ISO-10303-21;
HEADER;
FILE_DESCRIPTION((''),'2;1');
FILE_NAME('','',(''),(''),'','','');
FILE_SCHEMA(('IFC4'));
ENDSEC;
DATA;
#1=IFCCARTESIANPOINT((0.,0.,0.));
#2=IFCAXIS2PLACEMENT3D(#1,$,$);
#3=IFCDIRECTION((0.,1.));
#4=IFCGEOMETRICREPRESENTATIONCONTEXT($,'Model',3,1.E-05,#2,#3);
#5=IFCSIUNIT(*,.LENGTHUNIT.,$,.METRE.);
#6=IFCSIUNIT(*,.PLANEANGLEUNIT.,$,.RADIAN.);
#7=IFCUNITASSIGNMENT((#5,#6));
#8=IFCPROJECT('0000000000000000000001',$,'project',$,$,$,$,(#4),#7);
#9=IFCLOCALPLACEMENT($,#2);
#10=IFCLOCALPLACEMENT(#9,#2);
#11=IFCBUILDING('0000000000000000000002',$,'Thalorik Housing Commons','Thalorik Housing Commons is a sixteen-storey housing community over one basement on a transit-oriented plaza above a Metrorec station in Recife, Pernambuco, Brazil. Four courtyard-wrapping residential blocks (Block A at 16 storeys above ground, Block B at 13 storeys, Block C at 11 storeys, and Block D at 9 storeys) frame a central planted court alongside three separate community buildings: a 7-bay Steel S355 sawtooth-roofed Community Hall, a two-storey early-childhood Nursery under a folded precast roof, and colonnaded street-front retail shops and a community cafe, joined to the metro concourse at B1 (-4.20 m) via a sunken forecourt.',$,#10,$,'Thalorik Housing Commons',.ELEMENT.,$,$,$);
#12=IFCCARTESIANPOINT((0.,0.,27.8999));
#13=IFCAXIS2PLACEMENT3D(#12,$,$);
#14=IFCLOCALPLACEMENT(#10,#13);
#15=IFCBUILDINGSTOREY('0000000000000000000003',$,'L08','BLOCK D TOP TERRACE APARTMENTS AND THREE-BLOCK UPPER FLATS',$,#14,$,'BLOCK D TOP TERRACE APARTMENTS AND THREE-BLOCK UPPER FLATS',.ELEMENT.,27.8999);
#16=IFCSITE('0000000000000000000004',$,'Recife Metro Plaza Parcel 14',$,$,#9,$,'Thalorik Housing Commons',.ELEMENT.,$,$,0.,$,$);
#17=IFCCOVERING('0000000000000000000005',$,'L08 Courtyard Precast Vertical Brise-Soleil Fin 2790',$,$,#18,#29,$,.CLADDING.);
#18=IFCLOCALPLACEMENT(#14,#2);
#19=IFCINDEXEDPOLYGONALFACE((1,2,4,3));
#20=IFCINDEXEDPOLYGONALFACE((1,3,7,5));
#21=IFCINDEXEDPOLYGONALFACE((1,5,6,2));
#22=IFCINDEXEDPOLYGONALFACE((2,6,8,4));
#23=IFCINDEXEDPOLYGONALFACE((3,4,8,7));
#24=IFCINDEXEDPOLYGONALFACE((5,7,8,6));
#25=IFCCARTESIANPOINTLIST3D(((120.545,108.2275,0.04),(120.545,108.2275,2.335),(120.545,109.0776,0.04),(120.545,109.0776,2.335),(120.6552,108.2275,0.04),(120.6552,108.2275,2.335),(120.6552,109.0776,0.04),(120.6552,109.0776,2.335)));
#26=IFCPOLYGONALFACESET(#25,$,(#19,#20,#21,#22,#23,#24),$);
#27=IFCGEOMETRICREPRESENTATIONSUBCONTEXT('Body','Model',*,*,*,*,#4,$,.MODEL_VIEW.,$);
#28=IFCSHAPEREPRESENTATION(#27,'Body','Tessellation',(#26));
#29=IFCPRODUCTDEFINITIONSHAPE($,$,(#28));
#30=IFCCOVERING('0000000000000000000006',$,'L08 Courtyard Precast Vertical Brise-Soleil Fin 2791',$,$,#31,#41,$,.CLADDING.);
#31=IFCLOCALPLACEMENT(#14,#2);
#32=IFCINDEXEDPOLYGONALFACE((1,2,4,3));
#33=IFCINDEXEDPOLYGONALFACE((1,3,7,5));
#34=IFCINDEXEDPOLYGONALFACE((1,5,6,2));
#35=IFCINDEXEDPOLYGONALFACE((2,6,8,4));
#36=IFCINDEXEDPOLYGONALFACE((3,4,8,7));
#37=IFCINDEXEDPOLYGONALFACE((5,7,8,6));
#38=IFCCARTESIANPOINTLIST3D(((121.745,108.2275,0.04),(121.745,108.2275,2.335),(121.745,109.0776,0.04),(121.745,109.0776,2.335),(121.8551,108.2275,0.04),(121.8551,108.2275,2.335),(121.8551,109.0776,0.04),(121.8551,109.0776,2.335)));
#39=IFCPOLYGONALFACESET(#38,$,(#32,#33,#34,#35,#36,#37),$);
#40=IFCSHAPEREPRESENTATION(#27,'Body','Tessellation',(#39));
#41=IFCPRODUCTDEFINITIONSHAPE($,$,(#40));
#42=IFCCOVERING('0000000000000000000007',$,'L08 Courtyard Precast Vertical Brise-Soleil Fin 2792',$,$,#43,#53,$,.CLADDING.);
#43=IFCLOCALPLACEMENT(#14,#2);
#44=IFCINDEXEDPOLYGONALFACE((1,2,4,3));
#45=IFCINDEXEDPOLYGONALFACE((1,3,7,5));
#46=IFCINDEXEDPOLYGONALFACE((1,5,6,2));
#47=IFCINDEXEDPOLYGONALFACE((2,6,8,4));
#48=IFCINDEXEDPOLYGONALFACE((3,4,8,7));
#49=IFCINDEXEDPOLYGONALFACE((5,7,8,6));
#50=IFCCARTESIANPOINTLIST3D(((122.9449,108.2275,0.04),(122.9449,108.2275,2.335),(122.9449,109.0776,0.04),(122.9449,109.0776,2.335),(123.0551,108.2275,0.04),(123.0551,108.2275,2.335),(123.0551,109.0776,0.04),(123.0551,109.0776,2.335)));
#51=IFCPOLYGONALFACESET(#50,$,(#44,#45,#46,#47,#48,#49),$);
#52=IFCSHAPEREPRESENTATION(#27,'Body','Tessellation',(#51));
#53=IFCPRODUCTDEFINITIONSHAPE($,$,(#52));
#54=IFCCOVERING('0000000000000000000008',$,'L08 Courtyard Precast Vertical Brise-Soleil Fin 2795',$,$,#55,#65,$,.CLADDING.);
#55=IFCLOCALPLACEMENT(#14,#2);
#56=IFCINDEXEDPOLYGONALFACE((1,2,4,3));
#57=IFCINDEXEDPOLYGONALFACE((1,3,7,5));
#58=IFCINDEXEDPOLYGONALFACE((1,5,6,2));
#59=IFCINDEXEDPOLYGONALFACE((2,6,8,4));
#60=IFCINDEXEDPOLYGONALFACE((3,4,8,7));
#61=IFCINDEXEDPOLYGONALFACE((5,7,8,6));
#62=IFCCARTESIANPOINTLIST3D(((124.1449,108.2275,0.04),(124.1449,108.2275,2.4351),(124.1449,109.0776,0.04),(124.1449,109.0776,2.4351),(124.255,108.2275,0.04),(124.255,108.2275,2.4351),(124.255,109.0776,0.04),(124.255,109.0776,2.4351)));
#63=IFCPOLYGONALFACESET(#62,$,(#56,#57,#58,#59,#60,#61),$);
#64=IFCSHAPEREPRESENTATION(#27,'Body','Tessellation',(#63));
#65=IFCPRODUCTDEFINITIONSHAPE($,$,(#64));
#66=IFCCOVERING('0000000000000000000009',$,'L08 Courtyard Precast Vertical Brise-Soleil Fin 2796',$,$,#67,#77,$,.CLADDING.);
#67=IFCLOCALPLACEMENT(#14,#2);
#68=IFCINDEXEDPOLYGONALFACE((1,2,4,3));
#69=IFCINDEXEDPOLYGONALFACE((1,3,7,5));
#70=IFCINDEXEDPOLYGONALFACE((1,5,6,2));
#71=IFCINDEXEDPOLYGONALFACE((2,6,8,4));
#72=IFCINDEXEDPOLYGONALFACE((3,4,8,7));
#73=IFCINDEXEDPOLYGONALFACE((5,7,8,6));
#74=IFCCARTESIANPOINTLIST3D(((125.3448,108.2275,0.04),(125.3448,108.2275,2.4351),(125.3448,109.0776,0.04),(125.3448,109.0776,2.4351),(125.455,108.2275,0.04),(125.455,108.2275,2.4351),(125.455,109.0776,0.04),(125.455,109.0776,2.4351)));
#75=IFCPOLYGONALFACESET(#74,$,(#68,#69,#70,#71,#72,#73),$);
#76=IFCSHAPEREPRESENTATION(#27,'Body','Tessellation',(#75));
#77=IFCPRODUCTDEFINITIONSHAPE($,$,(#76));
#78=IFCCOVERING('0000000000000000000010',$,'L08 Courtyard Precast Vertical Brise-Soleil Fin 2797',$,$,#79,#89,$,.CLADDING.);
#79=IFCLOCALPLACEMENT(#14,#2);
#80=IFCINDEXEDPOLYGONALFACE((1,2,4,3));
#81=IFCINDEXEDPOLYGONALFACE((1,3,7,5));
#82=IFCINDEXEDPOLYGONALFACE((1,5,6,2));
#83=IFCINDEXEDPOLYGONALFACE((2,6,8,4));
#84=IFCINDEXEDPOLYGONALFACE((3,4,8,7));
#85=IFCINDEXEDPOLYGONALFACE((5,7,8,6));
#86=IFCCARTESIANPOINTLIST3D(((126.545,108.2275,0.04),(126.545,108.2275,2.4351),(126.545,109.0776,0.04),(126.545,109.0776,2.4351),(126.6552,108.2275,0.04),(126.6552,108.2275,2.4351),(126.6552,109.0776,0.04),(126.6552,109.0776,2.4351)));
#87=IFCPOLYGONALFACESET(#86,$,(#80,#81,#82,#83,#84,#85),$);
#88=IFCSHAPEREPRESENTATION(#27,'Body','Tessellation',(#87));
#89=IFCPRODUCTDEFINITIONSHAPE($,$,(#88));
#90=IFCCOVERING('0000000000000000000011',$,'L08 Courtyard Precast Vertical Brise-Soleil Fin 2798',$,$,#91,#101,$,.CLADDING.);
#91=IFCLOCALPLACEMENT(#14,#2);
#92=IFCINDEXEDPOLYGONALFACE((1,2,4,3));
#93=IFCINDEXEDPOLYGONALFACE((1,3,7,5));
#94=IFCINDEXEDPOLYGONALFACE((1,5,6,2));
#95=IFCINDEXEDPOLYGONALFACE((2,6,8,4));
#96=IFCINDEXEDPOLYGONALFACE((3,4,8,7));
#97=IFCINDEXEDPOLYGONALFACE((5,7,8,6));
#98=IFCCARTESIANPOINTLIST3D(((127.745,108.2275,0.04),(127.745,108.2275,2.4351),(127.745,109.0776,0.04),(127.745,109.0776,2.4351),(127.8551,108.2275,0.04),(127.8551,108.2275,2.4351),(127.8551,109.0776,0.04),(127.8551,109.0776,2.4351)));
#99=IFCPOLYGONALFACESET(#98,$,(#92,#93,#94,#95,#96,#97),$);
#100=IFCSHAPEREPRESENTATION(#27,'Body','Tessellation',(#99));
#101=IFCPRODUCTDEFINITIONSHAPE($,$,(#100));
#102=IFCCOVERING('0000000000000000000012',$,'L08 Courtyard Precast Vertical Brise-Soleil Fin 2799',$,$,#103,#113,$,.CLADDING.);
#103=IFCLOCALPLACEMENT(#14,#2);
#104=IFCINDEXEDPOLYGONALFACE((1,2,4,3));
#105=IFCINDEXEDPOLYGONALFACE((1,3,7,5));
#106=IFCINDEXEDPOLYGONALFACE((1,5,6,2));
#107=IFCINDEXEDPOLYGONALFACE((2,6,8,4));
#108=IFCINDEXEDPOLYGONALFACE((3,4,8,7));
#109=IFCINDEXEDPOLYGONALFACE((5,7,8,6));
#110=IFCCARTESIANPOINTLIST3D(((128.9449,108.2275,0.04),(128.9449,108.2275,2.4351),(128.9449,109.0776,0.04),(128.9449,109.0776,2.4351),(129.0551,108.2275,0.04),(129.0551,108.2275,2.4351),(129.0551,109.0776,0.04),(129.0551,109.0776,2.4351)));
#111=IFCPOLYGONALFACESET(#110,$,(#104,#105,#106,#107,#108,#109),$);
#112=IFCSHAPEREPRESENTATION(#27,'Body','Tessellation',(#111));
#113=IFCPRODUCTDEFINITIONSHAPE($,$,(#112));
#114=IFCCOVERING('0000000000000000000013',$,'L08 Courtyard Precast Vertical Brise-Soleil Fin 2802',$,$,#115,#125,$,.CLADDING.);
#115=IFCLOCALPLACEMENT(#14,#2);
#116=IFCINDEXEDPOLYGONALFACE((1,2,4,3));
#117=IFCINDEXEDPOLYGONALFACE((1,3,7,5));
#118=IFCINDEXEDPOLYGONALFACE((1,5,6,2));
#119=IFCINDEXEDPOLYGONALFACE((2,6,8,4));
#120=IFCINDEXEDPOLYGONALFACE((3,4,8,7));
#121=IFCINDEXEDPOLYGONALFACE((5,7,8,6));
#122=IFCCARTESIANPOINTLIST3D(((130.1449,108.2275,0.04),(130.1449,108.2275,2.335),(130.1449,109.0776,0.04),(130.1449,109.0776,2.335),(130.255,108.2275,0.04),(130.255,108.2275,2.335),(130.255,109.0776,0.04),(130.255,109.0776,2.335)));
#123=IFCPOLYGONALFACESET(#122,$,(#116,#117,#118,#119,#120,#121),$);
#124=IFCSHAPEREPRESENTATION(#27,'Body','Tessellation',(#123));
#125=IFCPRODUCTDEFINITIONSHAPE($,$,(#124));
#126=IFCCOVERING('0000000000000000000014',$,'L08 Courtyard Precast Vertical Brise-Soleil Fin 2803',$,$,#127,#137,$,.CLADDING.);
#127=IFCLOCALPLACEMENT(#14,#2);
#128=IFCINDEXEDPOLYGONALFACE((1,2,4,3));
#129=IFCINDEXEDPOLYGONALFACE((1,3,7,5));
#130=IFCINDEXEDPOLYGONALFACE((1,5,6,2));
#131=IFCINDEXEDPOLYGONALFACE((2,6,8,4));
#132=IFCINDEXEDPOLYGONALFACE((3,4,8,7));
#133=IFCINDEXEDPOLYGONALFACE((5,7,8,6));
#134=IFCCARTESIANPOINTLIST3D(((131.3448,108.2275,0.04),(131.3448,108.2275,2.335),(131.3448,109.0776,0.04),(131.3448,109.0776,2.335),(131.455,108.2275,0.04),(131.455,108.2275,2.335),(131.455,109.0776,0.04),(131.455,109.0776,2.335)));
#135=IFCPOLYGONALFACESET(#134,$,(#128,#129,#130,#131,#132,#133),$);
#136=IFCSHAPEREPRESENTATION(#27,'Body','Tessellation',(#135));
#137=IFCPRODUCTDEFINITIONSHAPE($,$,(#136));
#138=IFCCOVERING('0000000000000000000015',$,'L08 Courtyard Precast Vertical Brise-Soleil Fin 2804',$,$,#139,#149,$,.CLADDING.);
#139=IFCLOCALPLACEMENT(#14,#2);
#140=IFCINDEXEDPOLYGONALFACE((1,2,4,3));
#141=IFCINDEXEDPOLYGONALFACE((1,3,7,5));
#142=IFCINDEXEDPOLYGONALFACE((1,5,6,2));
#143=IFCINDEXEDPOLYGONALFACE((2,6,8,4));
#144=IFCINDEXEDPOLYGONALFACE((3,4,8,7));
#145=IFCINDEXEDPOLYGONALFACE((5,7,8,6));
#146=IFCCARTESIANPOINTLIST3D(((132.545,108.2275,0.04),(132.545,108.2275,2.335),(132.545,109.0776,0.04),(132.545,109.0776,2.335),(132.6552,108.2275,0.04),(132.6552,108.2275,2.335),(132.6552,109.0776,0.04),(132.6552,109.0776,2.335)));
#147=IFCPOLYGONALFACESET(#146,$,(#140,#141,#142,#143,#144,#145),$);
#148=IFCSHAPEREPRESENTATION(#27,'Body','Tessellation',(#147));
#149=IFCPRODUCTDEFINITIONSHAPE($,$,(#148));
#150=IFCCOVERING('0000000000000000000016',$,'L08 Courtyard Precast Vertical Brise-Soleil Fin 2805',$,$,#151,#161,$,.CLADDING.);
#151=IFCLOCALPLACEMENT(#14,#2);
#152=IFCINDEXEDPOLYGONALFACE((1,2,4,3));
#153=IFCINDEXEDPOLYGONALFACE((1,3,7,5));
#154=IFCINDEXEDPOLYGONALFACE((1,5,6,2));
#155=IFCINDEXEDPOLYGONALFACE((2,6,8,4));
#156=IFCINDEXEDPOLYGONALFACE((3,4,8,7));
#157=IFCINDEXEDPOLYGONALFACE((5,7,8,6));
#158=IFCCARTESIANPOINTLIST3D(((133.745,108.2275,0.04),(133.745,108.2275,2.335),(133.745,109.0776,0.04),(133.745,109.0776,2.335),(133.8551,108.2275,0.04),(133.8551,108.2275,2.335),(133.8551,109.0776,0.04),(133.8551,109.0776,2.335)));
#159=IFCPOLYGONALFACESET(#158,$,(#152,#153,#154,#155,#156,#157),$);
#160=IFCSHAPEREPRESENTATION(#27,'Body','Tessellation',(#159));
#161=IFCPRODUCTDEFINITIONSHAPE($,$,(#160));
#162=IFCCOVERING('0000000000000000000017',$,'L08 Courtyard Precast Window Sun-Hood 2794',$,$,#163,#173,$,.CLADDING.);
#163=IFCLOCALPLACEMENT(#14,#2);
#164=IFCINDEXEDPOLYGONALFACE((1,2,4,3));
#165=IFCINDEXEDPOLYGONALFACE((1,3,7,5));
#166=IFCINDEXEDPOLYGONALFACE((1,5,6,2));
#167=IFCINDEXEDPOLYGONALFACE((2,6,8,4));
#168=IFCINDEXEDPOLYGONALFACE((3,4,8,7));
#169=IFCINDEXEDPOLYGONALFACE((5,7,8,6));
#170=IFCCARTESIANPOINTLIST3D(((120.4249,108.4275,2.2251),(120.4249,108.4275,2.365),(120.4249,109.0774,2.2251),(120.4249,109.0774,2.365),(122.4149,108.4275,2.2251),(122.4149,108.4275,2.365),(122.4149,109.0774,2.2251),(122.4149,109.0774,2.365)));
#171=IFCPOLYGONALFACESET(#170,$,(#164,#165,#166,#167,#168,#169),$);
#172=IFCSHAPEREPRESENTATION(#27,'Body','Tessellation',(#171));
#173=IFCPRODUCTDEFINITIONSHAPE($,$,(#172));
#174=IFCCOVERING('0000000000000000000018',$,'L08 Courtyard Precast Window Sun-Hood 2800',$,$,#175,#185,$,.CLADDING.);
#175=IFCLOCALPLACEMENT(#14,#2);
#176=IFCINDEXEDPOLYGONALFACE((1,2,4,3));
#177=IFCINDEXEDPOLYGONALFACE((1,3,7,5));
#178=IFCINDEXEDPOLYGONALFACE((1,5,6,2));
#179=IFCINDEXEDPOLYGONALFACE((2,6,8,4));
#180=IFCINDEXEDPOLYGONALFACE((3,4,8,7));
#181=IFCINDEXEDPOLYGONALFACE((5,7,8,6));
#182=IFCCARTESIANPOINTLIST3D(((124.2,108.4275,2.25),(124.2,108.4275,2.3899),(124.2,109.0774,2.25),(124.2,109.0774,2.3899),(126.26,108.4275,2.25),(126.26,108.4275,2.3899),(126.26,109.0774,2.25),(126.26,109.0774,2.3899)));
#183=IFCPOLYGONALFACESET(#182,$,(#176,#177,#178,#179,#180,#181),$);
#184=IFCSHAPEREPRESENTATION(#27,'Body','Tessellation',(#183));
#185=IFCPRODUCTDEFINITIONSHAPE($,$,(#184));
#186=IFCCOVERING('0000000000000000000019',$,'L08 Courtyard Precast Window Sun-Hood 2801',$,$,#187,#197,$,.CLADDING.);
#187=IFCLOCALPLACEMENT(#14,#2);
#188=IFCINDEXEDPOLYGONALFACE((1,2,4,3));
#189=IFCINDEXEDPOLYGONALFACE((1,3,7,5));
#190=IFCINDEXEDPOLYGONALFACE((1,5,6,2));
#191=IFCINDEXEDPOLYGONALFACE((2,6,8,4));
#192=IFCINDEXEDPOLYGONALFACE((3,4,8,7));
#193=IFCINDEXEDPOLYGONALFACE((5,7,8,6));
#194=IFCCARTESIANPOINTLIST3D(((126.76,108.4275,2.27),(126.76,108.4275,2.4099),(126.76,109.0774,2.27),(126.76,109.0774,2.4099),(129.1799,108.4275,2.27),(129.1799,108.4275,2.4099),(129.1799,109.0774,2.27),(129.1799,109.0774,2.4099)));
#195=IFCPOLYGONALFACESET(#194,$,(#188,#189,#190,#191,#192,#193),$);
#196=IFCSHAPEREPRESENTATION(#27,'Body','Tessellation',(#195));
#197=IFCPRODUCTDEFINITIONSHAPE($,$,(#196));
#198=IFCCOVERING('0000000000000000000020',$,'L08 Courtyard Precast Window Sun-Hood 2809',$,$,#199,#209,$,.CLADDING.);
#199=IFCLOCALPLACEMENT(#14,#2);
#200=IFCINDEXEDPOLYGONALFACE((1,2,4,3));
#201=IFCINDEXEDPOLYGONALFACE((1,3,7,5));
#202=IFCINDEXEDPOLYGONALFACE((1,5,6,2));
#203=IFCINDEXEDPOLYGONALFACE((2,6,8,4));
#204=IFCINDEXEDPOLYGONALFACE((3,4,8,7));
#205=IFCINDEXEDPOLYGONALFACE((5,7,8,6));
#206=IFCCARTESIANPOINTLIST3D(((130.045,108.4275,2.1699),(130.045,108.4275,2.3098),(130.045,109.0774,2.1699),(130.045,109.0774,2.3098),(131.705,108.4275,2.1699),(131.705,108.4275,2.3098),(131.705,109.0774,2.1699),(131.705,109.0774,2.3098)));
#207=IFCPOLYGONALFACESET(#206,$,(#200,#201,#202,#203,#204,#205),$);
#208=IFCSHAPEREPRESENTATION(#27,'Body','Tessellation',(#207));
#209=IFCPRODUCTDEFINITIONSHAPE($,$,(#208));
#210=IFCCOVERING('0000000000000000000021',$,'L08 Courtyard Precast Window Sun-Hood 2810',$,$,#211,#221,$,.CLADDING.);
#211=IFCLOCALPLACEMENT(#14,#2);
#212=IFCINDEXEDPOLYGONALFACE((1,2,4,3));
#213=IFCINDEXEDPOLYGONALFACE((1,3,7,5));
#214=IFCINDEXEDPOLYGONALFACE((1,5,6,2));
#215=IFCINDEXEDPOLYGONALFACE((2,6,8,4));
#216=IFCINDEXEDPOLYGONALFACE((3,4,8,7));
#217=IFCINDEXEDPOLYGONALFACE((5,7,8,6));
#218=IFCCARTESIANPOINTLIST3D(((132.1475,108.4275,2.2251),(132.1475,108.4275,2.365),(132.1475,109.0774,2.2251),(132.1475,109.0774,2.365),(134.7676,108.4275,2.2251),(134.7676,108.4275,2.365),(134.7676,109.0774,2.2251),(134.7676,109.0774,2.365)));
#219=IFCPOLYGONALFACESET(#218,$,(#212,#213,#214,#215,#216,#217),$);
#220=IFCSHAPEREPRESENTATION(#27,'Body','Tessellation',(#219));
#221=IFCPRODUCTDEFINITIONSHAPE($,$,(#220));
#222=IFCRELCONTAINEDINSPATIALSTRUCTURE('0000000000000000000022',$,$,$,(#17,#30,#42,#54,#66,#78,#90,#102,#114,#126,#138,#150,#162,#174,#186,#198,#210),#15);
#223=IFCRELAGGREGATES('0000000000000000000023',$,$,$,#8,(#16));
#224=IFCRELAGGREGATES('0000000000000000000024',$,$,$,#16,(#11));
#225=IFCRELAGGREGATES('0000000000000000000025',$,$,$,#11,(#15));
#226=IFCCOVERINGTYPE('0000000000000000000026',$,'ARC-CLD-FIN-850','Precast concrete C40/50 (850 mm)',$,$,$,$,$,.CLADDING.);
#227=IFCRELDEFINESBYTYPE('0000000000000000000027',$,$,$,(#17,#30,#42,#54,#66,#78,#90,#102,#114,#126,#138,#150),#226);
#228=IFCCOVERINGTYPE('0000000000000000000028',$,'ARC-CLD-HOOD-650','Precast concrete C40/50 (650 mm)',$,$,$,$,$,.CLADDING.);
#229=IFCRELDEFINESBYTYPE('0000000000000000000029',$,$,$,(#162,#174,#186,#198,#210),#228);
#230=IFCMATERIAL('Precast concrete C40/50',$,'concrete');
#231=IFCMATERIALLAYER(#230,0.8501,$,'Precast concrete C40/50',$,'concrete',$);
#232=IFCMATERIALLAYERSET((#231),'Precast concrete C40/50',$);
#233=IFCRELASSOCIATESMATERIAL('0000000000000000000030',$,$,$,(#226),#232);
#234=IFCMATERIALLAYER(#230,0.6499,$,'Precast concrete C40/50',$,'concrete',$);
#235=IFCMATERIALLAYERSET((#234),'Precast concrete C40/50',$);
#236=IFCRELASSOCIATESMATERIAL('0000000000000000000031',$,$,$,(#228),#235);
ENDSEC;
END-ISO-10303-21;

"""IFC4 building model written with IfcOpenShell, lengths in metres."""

from ifc_helpers import new_model, si_unit, direction, frame, origin, origin_2d, place, context, subcontext, project, spatial, rectangle, extrude, material, layer, layer_set, type_object, element, save


model = new_model("IFC4")

# Units and contexts
model_context = context("Model", 3, precision=1e-05, world=origin(), true_north=direction((0.0, 1.0)))
body_context = subcontext(model_context, "Body", "Model", "MODEL_VIEW")
ifc_project = project(units=[si_unit("LENGTHUNIT", "METRE"), si_unit("PLANEANGLEUNIT", "RADIAN")], contexts=[model_context])

# Site, building, storey
site_placement = place(None, origin())
site = spatial("IfcSite", under=ifc_project, at=site_placement, Name="Recife Metro Plaza Parcel 14", LongName="Thalorik Housing Commons", CompositionType="ELEMENT", RefElevation=0.0)
building_placement = place(site_placement, origin())
building = spatial("IfcBuilding", under=site, at=building_placement, Name="Thalorik Housing Commons", Description="Thalorik Housing Commons is a sixteen-storey housing community over one basement on a transit-oriented plaza above a Metrorec station in Recife, Pernambuco, Brazil. Four courtyard-wrapping residential blocks (Block A at 16 storeys above ground, Block B at 13 storeys, Block C at 11 storeys, and Block D at 9 storeys) frame a central planted court alongside three separate community buildings: a 7-bay Steel S355 sawtooth-roofed Community Hall, a two-storey early-childhood Nursery under a folded precast roof, and colonnaded street-front retail shops and a community cafe, joined to the metro concourse at B1 (-4.20 m) via a sunken forecourt.", LongName="Thalorik Housing Commons", CompositionType="ELEMENT")
storey_placement = place(building_placement, frame((0.0, 0.0, 27.8999)))
storey = spatial("IfcBuildingStorey", under=building, at=storey_placement, Name="L08", Description="BLOCK D TOP TERRACE APARTMENTS AND THREE-BLOCK UPPER FLATS", LongName="BLOCK D TOP TERRACE APARTMENTS AND THREE-BLOCK UPPER FLATS", CompositionType="ELEMENT", Elevation=27.8999)

# Shared definitions
ifc_material_1 = material(Name="Precast concrete C40/50", Category="concrete")

# Coverings
ifc_layer_1 = layer(ifc_material_1, 0.8501, Name="Precast concrete C40/50", Category="concrete")
ifc_layer_set_1 = layer_set([ifc_layer_1], Name="Precast concrete C40/50")
covering_type_1 = type_object("IfcCoveringType", Name="ARC-CLD-FIN-850", Description="Precast concrete C40/50 (850 mm)", PredefinedType="CLADDING", material=ifc_layer_set_1)
for number, where, z_axis, x_axis, name in (
    (1, (120.6001, 108.6526, 0.04), (0.0, 0.0, 1.0), (1.0, 0.0, 0.0), "L08 Courtyard Precast Vertical Brise-Soleil Fin 2790"),
    (2, (121.8, 108.6526, 0.04), (0.0, 0.0, 1.0), (1.0, 0.0, 0.0), "L08 Courtyard Precast Vertical Brise-Soleil Fin 2791"),
    (3, (123.0, 108.6526, 0.04), (0.0, 0.0, 1.0), (1.0, 0.0, 0.0), "L08 Courtyard Precast Vertical Brise-Soleil Fin 2792"),
):
    element("IfcCovering", number, at=place(storey_placement, frame(where, z_axis=z_axis, x_axis=x_axis)), inside=storey, type_object=covering_type_1, Name=name, PredefinedType="CLADDING", context=body_context, shape_type="SweptSolid", body=[
        extrude(rectangle(XDim=0.1101, YDim=0.8501, at=origin_2d()), origin(), (0.0, 0.0, 1.0), 2.2949),
    ])
for number, where, z_axis, x_axis, name in (
    (4, (124.2, 108.6526, 0.04), (0.0, 0.0, 1.0), (1.0, 0.0, 0.0), "L08 Courtyard Precast Vertical Brise-Soleil Fin 2795"),
    (5, (125.3999, 108.6526, 0.04), (0.0, 0.0, 1.0), (1.0, 0.0, 0.0), "L08 Courtyard Precast Vertical Brise-Soleil Fin 2796"),
    (6, (126.6001, 108.6526, 0.04), (0.0, 0.0, 1.0), (1.0, 0.0, 0.0), "L08 Courtyard Precast Vertical Brise-Soleil Fin 2797"),
    (7, (127.8, 108.6526, 0.04), (0.0, 0.0, 1.0), (1.0, 0.0, 0.0), "L08 Courtyard Precast Vertical Brise-Soleil Fin 2798"),
    (8, (129.0, 108.6526, 0.04), (0.0, 0.0, 1.0), (1.0, 0.0, 0.0), "L08 Courtyard Precast Vertical Brise-Soleil Fin 2799"),
):
    element("IfcCovering", number, at=place(storey_placement, frame(where, z_axis=z_axis, x_axis=x_axis)), inside=storey, type_object=covering_type_1, Name=name, PredefinedType="CLADDING", context=body_context, shape_type="SweptSolid", body=[
        extrude(rectangle(XDim=0.1101, YDim=0.8501, at=origin_2d()), origin(), (0.0, 0.0, 1.0), 2.395),
    ])
for number, where, z_axis, x_axis, name in (
    (9, (130.2, 108.6526, 0.04), (0.0, 0.0, 1.0), (1.0, 0.0, 0.0), "L08 Courtyard Precast Vertical Brise-Soleil Fin 2802"),
    (10, (131.3999, 108.6526, 0.04), (0.0, 0.0, 1.0), (1.0, 0.0, 0.0), "L08 Courtyard Precast Vertical Brise-Soleil Fin 2803"),
    (11, (132.6001, 108.6526, 0.04), (0.0, 0.0, 1.0), (1.0, 0.0, 0.0), "L08 Courtyard Precast Vertical Brise-Soleil Fin 2804"),
    (12, (133.8, 108.6526, 0.04), (0.0, 0.0, 1.0), (1.0, 0.0, 0.0), "L08 Courtyard Precast Vertical Brise-Soleil Fin 2805"),
):
    element("IfcCovering", number, at=place(storey_placement, frame(where, z_axis=z_axis, x_axis=x_axis)), inside=storey, type_object=covering_type_1, Name=name, PredefinedType="CLADDING", context=body_context, shape_type="SweptSolid", body=[
        extrude(rectangle(XDim=0.1101, YDim=0.8501, at=origin_2d()), origin(), (0.0, 0.0, 1.0), 2.2949),
    ])
ifc_layer_2 = layer(ifc_material_1, 0.6499, Name="Precast concrete C40/50", Category="concrete")
ifc_layer_set_2 = layer_set([ifc_layer_2], Name="Precast concrete C40/50")
covering_type_2 = type_object("IfcCoveringType", Name="ARC-CLD-HOOD-650", Description="Precast concrete C40/50 (650 mm)", PredefinedType="CLADDING", material=ifc_layer_set_2)
covering_1_placement = place(storey_placement, frame((121.4199, 108.7524, 2.2251), z_axis=(0.0, 0.0, 1.0), x_axis=(1.0, 0.0, 0.0)))
element("IfcCovering", 13, at=covering_1_placement, inside=storey, type_object=covering_type_2, Name="L08 Courtyard Precast Window Sun-Hood 2794", PredefinedType="CLADDING", context=body_context, shape_type="SweptSolid", body=[
    extrude(rectangle(XDim=1.99, YDim=0.6499, at=origin_2d()), origin(), (0.0, 0.0, 1.0), 0.1399),
])
covering_2_placement = place(storey_placement, frame((125.23, 108.7524, 2.25), z_axis=(0.0, 0.0, 1.0), x_axis=(1.0, 0.0, 0.0)))
element("IfcCovering", 14, at=covering_2_placement, inside=storey, type_object=covering_type_2, Name="L08 Courtyard Precast Window Sun-Hood 2800", PredefinedType="CLADDING", context=body_context, shape_type="SweptSolid", body=[
    extrude(rectangle(XDim=2.0601, YDim=0.6499, at=origin_2d()), origin(), (0.0, 0.0, 1.0), 0.1399),
])
covering_3_placement = place(storey_placement, frame((127.97, 108.7524, 2.27), z_axis=(0.0, 0.0, 1.0), x_axis=(1.0, 0.0, 0.0)))
element("IfcCovering", 15, at=covering_3_placement, inside=storey, type_object=covering_type_2, Name="L08 Courtyard Precast Window Sun-Hood 2801", PredefinedType="CLADDING", context=body_context, shape_type="SweptSolid", body=[
    extrude(rectangle(XDim=2.4199, YDim=0.6499, at=origin_2d()), origin(), (0.0, 0.0, 1.0), 0.1399),
])
covering_4_placement = place(storey_placement, frame((130.875, 108.7524, 2.1699), z_axis=(0.0, 0.0, 1.0), x_axis=(1.0, 0.0, 0.0)))
element("IfcCovering", 16, at=covering_4_placement, inside=storey, type_object=covering_type_2, Name="L08 Courtyard Precast Window Sun-Hood 2809", PredefinedType="CLADDING", context=body_context, shape_type="SweptSolid", body=[
    extrude(rectangle(XDim=1.6599, YDim=0.6499, at=origin_2d()), origin(), (0.0, 0.0, 1.0), 0.1399),
])
covering_5_placement = place(storey_placement, frame((133.4575, 108.7524, 2.2251), z_axis=(0.0, 0.0, 1.0), x_axis=(1.0, 0.0, 0.0)))
element("IfcCovering", 17, at=covering_5_placement, inside=storey, type_object=covering_type_2, Name="L08 Courtyard Precast Window Sun-Hood 2810", PredefinedType="CLADDING", context=body_context, shape_type="SweptSolid", body=[
    extrude(rectangle(XDim=2.6201, YDim=0.6499, at=origin_2d()), origin(), (0.0, 0.0, 1.0), 0.1399),
])

save(model, "model.ifc")
